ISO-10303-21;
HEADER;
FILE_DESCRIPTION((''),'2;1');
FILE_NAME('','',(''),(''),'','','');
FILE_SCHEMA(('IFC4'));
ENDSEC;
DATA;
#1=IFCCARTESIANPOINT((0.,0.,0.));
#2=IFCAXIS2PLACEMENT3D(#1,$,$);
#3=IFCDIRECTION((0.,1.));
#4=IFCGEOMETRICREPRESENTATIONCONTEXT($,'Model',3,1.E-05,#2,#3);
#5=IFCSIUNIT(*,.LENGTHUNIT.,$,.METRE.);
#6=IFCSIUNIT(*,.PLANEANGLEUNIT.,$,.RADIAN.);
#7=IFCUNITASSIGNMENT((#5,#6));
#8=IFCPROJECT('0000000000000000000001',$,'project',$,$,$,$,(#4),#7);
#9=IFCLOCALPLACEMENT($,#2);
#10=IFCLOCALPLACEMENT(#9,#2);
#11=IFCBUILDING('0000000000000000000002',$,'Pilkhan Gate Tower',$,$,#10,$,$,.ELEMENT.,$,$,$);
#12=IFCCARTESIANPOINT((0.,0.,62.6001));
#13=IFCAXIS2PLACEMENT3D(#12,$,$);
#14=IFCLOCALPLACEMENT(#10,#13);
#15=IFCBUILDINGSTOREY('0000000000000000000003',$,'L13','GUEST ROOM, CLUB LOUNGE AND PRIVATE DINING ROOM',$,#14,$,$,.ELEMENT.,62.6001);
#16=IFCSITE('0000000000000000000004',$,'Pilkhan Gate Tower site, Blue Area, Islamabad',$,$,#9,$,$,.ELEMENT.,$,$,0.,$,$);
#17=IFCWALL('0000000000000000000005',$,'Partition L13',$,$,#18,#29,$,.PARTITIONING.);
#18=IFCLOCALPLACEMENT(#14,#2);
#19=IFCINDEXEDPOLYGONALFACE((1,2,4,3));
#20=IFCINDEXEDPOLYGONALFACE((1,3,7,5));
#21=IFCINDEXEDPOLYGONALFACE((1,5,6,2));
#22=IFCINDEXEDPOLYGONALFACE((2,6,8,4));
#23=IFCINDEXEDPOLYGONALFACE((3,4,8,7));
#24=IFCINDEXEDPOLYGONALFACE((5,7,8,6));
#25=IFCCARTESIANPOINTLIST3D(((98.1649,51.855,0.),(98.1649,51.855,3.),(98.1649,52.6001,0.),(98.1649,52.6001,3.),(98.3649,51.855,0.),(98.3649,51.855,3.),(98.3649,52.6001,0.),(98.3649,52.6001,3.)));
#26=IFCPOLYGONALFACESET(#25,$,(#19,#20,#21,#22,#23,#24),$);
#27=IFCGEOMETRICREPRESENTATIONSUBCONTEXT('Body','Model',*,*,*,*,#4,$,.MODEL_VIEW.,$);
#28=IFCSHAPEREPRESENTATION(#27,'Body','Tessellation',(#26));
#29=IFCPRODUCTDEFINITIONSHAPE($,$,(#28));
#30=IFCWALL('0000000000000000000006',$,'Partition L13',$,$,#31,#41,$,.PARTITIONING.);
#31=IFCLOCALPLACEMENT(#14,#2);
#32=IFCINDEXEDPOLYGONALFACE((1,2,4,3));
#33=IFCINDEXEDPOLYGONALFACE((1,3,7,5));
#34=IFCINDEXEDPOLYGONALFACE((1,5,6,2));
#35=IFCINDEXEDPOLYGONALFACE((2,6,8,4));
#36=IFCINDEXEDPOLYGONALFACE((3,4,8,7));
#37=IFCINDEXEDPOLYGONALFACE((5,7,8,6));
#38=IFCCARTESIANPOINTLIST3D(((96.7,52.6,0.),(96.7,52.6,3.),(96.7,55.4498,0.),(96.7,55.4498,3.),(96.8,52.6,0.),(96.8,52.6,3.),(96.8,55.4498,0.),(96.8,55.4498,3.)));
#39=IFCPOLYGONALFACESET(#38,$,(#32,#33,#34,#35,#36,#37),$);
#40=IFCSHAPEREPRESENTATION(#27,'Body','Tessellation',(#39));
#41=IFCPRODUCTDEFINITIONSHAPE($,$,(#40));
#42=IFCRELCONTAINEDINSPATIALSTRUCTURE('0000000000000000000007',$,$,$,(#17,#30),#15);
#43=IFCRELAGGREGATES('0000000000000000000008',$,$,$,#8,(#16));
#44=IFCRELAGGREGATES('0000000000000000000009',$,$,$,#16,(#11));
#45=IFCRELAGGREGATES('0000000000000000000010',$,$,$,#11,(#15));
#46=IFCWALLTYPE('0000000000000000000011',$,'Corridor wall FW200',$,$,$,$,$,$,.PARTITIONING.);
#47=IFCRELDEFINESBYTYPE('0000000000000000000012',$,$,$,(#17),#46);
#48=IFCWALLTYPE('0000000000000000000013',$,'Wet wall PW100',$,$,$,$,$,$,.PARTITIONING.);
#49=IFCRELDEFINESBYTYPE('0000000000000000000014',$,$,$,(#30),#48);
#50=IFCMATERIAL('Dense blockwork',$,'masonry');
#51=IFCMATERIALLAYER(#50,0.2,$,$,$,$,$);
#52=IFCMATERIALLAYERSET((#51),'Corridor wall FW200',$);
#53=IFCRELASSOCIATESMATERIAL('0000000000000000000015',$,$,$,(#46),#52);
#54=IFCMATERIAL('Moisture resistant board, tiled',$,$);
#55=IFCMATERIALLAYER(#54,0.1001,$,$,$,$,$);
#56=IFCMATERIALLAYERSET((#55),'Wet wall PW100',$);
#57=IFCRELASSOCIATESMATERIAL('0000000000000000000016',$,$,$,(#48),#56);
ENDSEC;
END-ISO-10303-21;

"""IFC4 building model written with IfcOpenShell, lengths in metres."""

from ifc_helpers import new_model, si_unit, direction, frame, frame_2d, origin, place, context, subcontext, project, spatial, rectangle, extrude, material, layer, layer_set, type_object, element, save


model = new_model("IFC4")

# Units and contexts
model_context = context("Model", 3, precision=1e-05, world=origin(), true_north=direction((0.0, 1.0)))
body_context = subcontext(model_context, "Body", "Model", "MODEL_VIEW")
ifc_project = project(units=[si_unit("LENGTHUNIT", "METRE"), si_unit("PLANEANGLEUNIT", "RADIAN")], contexts=[model_context])

# Site, building, storey
site_placement = place(None, origin())
site = spatial("IfcSite", under=ifc_project, at=site_placement, Name="Pilkhan Gate Tower site, Blue Area, Islamabad", CompositionType="ELEMENT", RefElevation=0.0)
building_placement = place(site_placement, origin())
building = spatial("IfcBuilding", under=site, at=building_placement, Name="Pilkhan Gate Tower", CompositionType="ELEMENT")
storey_placement = place(building_placement, frame((0.0, 0.0, 62.6001)))
storey = spatial("IfcBuildingStorey", under=building, at=storey_placement, Name="L13", Description="GUEST ROOM, CLUB LOUNGE AND PRIVATE DINING ROOM", CompositionType="ELEMENT", Elevation=62.6001)

# Shared definitions
ifc_material_1 = material(Name="Dense blockwork", Category="masonry")
ifc_layer_1 = layer(ifc_material_1, 0.2)
ifc_layer_set_1 = layer_set([ifc_layer_1], Name="Corridor wall FW200")
wall_type_1 = type_object("IfcWallType", Name="Corridor wall FW200", PredefinedType="PARTITIONING", material=ifc_layer_set_1)

# Walls
wall_1_placement = place(storey_placement, frame((98.2649, 51.855, 0.0), z_axis=(0.0, 0.0, 1.0), x_axis=(0.0, 1.0, 0.0)))
element("IfcWall", 1, at=wall_1_placement, inside=storey, type_object=wall_type_1, Name="Partition L13", PredefinedType="PARTITIONING", context=body_context, shape_type="SweptSolid", body=[
    extrude(rectangle(XDim=0.7451, YDim=0.2, at=frame_2d((0.3726, 0.0))), origin(), (0.0, 0.0, 1.0), 3.0),
])
ifc_material_2 = material(Name="Moisture resistant board, tiled")
ifc_layer_2 = layer(ifc_material_2, 0.1001)
ifc_layer_set_2 = layer_set([ifc_layer_2], Name="Wet wall PW100")
wall_type_2 = type_object("IfcWallType", Name="Wet wall PW100", PredefinedType="PARTITIONING", material=ifc_layer_set_2)
wall_2_placement = place(storey_placement, frame((96.75, 52.6001, 0.0), z_axis=(0.0, 0.0, 1.0), x_axis=(0.0, 1.0, 0.0)))
element("IfcWall", 2, at=wall_2_placement, inside=storey, type_object=wall_type_2, Name="Partition L13", PredefinedType="PARTITIONING", context=body_context, shape_type="SweptSolid", body=[
    extrude(rectangle(XDim=2.8499, YDim=0.1001, at=frame_2d((1.4248, 0.0))), origin(), (0.0, 0.0, 1.0), 3.0),
])

save(model, "model.ifc")
